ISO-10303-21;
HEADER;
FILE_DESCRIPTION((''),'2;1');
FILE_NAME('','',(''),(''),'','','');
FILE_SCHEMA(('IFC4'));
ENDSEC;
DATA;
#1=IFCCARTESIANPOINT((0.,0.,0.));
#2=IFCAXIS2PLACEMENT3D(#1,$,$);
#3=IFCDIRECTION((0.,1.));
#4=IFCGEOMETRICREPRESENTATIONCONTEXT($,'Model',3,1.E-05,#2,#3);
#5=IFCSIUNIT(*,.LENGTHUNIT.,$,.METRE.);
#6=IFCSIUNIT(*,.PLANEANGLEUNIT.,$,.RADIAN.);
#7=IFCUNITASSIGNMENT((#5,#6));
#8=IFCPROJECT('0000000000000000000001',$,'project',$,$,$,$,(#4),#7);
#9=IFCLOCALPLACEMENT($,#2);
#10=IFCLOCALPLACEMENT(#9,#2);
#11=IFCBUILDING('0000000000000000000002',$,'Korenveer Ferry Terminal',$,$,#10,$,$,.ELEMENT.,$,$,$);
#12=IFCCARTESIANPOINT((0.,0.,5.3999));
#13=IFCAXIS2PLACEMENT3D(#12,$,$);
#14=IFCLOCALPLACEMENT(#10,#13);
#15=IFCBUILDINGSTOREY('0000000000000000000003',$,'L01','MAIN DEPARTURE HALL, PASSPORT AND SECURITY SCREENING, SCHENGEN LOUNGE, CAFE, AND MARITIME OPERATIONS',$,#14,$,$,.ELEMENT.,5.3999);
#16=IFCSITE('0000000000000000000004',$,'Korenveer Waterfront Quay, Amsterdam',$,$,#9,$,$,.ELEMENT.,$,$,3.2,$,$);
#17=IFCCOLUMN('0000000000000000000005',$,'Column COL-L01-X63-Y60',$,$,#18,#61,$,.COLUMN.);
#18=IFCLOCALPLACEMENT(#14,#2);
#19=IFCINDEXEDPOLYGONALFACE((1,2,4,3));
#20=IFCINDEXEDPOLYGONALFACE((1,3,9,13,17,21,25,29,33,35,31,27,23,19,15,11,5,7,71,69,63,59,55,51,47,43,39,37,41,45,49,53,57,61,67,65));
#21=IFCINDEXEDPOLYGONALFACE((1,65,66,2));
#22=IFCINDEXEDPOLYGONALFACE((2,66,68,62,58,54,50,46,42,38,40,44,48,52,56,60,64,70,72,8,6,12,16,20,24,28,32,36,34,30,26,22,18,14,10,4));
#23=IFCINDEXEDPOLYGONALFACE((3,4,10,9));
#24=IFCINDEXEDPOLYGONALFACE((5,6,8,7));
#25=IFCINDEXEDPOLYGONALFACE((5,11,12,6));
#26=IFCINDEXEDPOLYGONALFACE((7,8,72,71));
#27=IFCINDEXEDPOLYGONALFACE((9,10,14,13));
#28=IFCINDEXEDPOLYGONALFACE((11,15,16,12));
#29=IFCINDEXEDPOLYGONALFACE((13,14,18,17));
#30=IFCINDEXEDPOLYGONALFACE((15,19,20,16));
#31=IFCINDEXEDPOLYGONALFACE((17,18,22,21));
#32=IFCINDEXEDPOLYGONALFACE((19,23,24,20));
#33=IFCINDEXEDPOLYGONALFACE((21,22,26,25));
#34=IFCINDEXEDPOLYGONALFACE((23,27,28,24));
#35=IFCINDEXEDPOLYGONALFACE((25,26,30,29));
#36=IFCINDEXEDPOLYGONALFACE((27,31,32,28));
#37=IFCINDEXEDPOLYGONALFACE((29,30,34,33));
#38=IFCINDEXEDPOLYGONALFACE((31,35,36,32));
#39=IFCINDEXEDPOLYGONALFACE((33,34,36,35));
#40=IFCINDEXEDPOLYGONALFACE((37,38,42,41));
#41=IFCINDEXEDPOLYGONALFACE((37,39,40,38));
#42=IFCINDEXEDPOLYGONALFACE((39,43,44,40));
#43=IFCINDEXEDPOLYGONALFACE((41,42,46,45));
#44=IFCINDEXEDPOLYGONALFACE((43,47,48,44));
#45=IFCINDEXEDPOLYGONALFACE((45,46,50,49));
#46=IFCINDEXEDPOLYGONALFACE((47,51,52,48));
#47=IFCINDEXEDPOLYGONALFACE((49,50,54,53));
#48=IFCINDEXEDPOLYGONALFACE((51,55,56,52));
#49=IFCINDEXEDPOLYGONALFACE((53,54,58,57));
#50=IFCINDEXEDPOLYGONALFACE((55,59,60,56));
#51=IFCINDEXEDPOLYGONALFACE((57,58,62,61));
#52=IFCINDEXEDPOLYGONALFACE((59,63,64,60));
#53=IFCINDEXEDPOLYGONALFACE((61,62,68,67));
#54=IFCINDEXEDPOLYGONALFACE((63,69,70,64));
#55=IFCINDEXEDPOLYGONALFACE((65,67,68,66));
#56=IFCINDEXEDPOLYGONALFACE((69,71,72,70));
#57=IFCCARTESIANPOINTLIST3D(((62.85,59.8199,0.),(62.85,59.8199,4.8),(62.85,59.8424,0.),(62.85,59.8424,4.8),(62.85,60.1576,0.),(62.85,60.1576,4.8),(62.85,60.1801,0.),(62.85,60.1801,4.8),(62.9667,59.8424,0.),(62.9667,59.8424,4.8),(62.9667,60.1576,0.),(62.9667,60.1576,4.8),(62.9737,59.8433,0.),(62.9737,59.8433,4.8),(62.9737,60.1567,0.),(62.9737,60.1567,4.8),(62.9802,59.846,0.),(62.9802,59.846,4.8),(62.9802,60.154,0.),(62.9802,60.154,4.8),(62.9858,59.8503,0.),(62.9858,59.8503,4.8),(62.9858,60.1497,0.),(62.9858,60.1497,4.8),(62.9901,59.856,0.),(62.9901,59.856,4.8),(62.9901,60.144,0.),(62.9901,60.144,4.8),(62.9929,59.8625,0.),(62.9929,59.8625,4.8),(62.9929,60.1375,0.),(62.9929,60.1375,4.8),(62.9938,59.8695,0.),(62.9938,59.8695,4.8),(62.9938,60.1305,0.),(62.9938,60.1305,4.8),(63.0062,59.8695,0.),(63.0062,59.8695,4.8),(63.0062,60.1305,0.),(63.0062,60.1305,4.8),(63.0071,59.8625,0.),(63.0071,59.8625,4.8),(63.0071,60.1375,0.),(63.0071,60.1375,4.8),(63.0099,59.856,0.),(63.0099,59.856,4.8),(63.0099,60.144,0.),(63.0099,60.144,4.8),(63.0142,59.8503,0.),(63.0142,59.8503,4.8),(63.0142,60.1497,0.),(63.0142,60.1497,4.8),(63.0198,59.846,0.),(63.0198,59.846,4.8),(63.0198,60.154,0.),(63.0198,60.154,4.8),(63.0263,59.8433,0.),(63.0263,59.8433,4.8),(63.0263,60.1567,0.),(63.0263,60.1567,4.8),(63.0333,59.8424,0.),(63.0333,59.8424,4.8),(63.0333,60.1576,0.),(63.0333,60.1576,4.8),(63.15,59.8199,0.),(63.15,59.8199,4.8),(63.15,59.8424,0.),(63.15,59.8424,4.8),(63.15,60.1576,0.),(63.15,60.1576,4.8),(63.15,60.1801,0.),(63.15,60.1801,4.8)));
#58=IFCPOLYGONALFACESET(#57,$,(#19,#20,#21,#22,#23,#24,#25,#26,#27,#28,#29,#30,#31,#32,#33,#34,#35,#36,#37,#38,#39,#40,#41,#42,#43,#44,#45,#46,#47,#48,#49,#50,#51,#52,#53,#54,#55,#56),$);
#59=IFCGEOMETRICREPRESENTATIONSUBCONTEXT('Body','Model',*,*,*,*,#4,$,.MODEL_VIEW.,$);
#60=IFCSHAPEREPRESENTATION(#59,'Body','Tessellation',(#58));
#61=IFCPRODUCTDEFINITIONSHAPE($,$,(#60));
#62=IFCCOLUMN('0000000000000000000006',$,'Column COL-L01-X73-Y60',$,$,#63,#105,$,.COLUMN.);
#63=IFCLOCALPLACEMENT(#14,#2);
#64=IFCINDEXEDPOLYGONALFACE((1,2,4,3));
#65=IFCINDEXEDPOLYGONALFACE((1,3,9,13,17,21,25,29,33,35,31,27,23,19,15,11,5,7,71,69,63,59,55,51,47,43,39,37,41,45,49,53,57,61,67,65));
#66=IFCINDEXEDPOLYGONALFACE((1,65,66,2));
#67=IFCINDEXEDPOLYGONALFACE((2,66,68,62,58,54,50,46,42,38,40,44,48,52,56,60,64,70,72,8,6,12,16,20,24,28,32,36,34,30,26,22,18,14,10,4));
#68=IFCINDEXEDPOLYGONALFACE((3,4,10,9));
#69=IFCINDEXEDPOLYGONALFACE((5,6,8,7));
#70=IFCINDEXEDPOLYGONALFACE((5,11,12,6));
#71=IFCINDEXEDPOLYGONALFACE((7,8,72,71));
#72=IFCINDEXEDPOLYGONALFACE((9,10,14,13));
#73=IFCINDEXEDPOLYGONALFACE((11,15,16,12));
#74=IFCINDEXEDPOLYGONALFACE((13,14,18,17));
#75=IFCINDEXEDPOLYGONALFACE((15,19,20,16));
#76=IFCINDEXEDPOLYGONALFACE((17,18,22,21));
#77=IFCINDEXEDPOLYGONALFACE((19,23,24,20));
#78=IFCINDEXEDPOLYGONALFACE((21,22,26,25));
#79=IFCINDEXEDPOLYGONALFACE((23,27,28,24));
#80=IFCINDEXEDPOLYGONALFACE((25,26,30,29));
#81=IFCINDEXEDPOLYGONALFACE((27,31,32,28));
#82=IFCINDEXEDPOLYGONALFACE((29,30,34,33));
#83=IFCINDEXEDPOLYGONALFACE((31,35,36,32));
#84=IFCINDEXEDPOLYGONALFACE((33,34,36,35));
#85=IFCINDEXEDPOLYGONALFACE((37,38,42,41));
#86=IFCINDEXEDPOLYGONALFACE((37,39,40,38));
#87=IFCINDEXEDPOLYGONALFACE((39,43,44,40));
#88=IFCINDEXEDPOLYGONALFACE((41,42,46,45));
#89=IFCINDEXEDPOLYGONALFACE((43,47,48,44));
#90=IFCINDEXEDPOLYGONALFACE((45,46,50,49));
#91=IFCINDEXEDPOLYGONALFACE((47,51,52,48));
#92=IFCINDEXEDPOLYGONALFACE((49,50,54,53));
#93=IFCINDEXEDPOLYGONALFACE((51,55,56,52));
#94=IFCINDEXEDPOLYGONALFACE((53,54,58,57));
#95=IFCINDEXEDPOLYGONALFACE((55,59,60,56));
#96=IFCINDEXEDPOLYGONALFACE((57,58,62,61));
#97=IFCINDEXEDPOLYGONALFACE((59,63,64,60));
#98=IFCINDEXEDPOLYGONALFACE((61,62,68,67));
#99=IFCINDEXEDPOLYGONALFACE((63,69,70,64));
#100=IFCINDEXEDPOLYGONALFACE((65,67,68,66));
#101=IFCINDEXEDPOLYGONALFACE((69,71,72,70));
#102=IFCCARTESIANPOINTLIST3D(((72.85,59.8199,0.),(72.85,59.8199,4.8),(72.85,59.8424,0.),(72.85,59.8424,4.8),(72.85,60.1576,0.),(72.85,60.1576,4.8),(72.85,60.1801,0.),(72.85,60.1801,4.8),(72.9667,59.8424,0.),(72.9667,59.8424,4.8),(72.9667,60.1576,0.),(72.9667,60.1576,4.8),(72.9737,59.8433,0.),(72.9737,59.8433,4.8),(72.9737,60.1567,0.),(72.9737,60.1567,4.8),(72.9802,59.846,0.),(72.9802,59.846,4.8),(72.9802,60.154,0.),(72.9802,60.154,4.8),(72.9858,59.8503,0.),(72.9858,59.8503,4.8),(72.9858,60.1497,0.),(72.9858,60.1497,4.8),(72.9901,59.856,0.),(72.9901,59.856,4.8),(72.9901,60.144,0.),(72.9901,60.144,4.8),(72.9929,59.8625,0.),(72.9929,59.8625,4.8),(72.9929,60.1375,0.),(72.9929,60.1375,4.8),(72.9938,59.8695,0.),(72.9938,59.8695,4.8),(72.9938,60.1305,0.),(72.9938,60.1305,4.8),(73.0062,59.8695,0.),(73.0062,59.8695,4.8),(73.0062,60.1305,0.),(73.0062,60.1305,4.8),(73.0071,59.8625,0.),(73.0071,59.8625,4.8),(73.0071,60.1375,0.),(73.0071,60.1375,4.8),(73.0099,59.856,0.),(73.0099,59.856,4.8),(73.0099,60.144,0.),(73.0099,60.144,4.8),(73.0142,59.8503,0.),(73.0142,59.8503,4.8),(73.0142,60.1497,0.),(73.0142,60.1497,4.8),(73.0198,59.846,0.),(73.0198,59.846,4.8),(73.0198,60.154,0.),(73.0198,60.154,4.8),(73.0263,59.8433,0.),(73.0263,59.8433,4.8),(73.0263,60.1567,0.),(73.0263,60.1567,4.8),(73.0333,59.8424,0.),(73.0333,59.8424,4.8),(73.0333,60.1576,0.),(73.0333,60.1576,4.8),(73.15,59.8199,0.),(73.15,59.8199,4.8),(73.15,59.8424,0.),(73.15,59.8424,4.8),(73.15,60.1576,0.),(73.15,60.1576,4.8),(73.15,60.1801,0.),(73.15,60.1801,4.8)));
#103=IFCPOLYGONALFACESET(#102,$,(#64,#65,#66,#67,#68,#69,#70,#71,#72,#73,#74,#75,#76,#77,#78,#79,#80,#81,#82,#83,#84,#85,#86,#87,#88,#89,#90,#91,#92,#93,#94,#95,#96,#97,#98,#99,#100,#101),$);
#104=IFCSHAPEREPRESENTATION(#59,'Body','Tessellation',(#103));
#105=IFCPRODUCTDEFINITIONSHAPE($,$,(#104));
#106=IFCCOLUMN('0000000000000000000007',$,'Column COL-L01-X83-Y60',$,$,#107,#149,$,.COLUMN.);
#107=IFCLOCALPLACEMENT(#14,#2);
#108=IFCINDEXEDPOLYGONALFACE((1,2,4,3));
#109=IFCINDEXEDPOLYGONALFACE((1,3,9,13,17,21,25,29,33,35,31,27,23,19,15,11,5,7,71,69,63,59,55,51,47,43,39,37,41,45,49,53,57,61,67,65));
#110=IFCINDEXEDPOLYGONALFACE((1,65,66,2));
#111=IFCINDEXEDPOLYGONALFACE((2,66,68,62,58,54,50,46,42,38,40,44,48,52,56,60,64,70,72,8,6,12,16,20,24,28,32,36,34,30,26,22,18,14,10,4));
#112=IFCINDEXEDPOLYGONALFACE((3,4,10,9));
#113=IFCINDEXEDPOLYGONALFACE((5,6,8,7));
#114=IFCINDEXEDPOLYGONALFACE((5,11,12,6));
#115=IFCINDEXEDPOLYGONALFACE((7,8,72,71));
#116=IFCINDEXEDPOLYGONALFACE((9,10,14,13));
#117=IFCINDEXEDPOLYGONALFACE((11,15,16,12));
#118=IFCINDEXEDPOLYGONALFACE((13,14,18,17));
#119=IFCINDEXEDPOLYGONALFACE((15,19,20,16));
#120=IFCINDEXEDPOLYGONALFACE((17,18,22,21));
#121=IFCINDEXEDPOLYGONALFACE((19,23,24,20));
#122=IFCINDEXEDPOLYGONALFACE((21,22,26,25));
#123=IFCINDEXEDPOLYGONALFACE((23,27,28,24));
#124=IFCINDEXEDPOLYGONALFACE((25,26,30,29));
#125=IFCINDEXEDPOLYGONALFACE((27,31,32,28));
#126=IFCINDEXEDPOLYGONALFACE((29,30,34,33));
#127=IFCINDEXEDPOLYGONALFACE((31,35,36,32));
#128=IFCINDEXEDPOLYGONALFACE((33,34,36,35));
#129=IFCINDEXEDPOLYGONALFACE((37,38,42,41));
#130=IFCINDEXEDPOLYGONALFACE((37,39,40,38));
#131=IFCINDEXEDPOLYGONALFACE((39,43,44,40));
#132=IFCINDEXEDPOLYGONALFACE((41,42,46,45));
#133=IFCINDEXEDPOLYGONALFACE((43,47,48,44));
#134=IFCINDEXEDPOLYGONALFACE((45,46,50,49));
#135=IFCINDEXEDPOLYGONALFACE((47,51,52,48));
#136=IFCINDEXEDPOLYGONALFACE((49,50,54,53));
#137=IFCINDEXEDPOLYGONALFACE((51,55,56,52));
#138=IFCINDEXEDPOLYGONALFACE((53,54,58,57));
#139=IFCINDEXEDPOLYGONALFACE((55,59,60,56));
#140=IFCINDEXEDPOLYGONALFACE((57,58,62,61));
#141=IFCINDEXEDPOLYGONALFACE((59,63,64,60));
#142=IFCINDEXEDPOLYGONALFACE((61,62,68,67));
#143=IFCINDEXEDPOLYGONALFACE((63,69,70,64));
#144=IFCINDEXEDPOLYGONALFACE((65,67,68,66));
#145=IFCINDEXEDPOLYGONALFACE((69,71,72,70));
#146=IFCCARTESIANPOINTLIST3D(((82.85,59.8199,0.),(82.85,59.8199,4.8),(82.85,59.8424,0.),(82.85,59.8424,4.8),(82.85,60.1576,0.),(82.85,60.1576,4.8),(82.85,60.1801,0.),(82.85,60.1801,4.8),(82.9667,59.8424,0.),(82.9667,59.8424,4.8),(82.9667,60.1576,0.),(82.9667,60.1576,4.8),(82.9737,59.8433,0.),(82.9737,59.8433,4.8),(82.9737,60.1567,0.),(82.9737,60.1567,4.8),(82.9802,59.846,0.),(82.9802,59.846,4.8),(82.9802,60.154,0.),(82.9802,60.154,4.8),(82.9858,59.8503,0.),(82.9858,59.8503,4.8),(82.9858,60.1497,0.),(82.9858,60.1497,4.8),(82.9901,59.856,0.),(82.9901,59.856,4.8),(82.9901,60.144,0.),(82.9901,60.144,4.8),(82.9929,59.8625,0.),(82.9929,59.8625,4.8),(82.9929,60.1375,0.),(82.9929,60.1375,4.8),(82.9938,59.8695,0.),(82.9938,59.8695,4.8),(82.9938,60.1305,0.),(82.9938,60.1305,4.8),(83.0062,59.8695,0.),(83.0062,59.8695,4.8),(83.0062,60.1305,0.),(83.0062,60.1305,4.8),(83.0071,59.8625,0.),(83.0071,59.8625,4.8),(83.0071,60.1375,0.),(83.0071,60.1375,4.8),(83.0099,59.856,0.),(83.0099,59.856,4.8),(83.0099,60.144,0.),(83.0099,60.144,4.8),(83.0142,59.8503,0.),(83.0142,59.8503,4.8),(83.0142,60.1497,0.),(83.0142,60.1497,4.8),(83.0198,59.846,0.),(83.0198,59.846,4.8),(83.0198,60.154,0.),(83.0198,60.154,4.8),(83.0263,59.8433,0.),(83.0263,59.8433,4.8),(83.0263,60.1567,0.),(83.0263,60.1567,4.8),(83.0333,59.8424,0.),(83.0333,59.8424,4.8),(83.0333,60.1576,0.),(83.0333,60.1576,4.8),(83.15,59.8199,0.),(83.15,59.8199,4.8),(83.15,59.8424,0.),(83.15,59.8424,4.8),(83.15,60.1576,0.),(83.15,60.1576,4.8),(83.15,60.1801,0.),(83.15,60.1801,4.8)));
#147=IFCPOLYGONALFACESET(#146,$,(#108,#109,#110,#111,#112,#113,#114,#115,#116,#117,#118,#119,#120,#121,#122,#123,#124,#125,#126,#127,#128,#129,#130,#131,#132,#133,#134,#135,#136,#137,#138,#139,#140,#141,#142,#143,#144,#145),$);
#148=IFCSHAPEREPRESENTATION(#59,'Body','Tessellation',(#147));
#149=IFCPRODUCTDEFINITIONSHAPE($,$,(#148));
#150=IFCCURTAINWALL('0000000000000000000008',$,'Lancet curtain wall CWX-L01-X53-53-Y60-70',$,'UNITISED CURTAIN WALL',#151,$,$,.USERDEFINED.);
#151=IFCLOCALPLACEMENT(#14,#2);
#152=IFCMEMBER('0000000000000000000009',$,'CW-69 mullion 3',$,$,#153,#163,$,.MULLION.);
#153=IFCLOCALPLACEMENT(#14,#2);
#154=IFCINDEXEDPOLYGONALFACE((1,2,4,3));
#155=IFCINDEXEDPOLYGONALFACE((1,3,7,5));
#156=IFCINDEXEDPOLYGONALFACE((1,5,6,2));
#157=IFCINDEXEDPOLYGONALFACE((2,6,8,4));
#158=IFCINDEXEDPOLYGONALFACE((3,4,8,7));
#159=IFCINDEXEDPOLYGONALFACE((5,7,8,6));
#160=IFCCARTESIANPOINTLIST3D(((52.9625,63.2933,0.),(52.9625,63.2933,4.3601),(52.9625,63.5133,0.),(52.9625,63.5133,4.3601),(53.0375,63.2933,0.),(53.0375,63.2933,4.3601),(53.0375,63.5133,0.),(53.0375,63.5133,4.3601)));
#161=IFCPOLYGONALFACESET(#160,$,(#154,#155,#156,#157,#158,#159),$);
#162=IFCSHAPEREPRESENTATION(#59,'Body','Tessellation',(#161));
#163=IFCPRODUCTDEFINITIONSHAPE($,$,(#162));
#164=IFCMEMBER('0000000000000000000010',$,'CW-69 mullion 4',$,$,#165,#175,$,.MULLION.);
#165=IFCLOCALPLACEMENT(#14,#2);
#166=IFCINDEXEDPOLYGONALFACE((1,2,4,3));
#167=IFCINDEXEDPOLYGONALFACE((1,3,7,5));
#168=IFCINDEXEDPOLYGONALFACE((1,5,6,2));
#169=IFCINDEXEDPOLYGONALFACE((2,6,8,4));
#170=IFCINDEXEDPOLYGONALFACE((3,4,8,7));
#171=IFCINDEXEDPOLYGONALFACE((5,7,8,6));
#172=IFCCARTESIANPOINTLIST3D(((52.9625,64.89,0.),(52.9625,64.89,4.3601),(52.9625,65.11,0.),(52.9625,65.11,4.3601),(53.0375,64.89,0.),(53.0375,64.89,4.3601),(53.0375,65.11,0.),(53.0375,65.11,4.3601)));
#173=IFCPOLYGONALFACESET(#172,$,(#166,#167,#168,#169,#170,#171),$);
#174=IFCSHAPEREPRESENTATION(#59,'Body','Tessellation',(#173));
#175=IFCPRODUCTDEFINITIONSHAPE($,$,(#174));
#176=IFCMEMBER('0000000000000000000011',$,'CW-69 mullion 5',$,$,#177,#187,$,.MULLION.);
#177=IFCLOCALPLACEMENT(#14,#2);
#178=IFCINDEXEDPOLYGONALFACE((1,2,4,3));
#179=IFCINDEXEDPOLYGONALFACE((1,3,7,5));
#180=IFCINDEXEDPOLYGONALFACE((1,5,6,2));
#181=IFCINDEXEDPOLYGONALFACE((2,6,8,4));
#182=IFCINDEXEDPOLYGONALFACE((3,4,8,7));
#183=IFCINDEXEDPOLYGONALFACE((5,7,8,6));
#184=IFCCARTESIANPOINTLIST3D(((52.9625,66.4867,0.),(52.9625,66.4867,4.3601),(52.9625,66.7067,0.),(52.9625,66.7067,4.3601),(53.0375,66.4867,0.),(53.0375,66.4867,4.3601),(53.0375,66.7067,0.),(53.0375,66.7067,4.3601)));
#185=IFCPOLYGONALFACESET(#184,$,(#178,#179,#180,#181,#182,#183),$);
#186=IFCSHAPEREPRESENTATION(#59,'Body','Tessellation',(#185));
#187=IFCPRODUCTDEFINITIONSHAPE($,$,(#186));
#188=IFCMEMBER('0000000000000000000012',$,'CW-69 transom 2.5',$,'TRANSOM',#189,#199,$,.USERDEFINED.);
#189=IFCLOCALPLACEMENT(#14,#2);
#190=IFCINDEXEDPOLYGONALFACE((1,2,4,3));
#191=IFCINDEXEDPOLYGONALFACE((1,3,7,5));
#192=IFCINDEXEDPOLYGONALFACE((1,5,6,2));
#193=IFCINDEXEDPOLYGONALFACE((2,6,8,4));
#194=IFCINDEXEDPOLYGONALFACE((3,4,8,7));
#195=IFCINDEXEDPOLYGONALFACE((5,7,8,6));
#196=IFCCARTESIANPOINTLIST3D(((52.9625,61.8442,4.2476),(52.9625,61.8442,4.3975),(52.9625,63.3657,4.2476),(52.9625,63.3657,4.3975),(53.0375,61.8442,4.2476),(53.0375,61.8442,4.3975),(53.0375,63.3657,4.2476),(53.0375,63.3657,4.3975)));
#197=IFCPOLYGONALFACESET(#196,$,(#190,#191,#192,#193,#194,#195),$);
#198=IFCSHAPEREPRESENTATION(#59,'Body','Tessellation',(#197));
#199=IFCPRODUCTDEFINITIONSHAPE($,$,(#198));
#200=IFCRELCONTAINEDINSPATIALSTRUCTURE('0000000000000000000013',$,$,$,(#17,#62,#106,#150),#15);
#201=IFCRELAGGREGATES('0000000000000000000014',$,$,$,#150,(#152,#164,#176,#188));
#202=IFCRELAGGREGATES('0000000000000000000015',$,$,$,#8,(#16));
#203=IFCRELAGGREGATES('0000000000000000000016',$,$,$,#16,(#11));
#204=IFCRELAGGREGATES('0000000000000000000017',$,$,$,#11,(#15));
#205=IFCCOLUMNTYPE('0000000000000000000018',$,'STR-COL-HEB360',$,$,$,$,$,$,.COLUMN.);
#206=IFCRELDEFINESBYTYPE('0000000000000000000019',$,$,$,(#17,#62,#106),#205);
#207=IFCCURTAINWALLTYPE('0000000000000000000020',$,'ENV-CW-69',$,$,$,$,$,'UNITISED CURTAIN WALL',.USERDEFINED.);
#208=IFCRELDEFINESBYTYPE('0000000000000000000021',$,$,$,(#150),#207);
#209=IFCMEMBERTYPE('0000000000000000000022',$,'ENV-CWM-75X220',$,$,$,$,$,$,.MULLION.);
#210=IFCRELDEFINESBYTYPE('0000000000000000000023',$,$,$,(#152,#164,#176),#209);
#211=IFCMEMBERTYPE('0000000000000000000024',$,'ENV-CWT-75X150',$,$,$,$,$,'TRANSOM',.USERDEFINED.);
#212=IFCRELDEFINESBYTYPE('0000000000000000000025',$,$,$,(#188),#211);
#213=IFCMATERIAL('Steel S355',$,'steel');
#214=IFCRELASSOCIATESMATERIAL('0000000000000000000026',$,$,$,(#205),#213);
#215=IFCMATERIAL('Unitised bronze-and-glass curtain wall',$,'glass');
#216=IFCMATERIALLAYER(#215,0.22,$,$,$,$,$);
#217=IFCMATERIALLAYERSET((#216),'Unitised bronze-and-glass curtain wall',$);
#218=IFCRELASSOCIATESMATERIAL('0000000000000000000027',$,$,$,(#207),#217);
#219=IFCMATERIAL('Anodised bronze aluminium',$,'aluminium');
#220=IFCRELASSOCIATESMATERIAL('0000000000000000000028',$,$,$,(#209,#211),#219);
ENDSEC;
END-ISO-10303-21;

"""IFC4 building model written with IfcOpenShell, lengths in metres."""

from ifc_helpers import new_model, si_unit, direction, frame, origin, origin_2d, place, context, subcontext, project, spatial, rectangle, i_section, extrude, material, layer, layer_set, material_profile, profile_set, type_object, element, aggregate, save


model = new_model("IFC4")

# Units and contexts
model_context = context("Model", 3, precision=1e-05, world=origin(), true_north=direction((0.0, 1.0)))
body_context = subcontext(model_context, "Body", "Model", "MODEL_VIEW")
ifc_project = project(units=[si_unit("LENGTHUNIT", "METRE"), si_unit("PLANEANGLEUNIT", "RADIAN")], contexts=[model_context])

# Site, building, storey
site_placement = place(None, origin())
site = spatial("IfcSite", under=ifc_project, at=site_placement, Name="Korenveer Waterfront Quay, Amsterdam", CompositionType="ELEMENT", RefElevation=3.2)
building_placement = place(site_placement, origin())
building = spatial("IfcBuilding", under=site, at=building_placement, Name="Korenveer Ferry Terminal", CompositionType="ELEMENT")
storey_placement = place(building_placement, frame((0.0, 0.0, 5.3999)))
storey = spatial("IfcBuildingStorey", under=building, at=storey_placement, Name="L01", Description="MAIN DEPARTURE HALL, PASSPORT AND SECURITY SCREENING, SCHENGEN LOUNGE, CAFE, AND MARITIME OPERATIONS", CompositionType="ELEMENT", Elevation=5.3999)

# Columns
ifc_material_1 = material(Name="Steel S355", Category="steel")
ifc_material_profile_1 = material_profile(ifc_material_1, i_section(OverallWidth=0.3, OverallDepth=0.3601, WebThickness=0.0125, FlangeThickness=0.0225, FilletRadius=0.0271, at=origin_2d()), Name="HEB 360")
ifc_profile_set_1 = profile_set([ifc_material_profile_1], Name="Steel S355")
column_type = type_object("IfcColumnType", Name="STR-COL-HEB360", PredefinedType="COLUMN", material=ifc_profile_set_1)
for number, where, z_axis, x_axis, name in (
    (1, (63.0, 60.0, 0.0), (0.0, 0.0, 1.0), (1.0, 0.0, 0.0), "Column COL-L01-X63-Y60"),
    (2, (73.0, 60.0, 0.0), (0.0, 0.0, 1.0), (1.0, 0.0, 0.0), "Column COL-L01-X73-Y60"),
    (3, (83.0, 60.0, 0.0), (0.0, 0.0, 1.0), (1.0, 0.0, 0.0), "Column COL-L01-X83-Y60"),
):
    element("IfcColumn", number, at=place(storey_placement, frame(where, z_axis=z_axis, x_axis=x_axis)), inside=storey, type_object=column_type, Name=name, PredefinedType="COLUMN", context=body_context, shape_type="SweptSolid", body=[
        extrude(i_section(OverallWidth=0.3, OverallDepth=0.3601, WebThickness=0.0125, FlangeThickness=0.0225, FilletRadius=0.0271, at=origin_2d()), origin(), (0.0, 0.0, 1.0), 4.8),
    ])

# Curtain wall, members
ifc_material_2 = material(Name="Unitised bronze-and-glass curtain wall", Category="glass")
ifc_layer_1 = layer(ifc_material_2, 0.22)
ifc_layer_set_1 = layer_set([ifc_layer_1], Name="Unitised bronze-and-glass curtain wall")
curtain_wall_type = type_object("IfcCurtainWallType", Name="ENV-CW-69", ElementType="UNITISED CURTAIN WALL", PredefinedType="USERDEFINED", material=ifc_layer_set_1)
curtain_wall_placement = place(storey_placement, frame((53.0, 60.21, 0.0)))
curtain_wall = element("IfcCurtainWall", 4, at=curtain_wall_placement, inside=storey, type_object=curtain_wall_type, Name="Lancet curtain wall CWX-L01-X53-53-Y60-70", ObjectType="UNITISED CURTAIN WALL", PredefinedType="USERDEFINED")
ifc_material_3 = material(Name="Anodised bronze aluminium", Category="aluminium")
ifc_material_profile_2 = material_profile(ifc_material_3, rectangle(XDim=0.075, YDim=0.22, at=origin_2d()), Name="ALU 75x220")
ifc_profile_set_2 = profile_set([ifc_material_profile_2], Name="Anodised bronze aluminium")
member_type_1 = type_object("IfcMemberType", Name="ENV-CWM-75X220", PredefinedType="MULLION", material=ifc_profile_set_2)
member_1_placement = place(storey_placement, frame((53.0, 63.4033, 0.0), z_axis=(0.0, 0.0, 1.0), x_axis=(-1.0, 0.0, 0.0)))
member_1 = element("IfcMember", 5, at=member_1_placement, type_object=member_type_1, Name="CW-69 mullion 3", PredefinedType="MULLION", context=body_context, shape_type="SweptSolid", body=[
    extrude(rectangle(XDim=0.075, YDim=0.22, at=origin_2d()), origin(), (0.0, 0.0, 1.0), 4.3601),
])
member_2_placement = place(storey_placement, frame((53.0, 65.0, 0.0), z_axis=(0.0, 0.0, 1.0), x_axis=(-1.0, 0.0, 0.0)))
member_2 = element("IfcMember", 6, at=member_2_placement, type_object=member_type_1, Name="CW-69 mullion 4", PredefinedType="MULLION", context=body_context, shape_type="SweptSolid", body=[
    extrude(rectangle(XDim=0.075, YDim=0.22, at=origin_2d()), origin(), (0.0, 0.0, 1.0), 4.3601),
])
member_3_placement = place(storey_placement, frame((53.0, 66.5967, 0.0), z_axis=(0.0, 0.0, 1.0), x_axis=(-1.0, 0.0, 0.0)))
member_3 = element("IfcMember", 7, at=member_3_placement, type_object=member_type_1, Name="CW-69 mullion 5", PredefinedType="MULLION", context=body_context, shape_type="SweptSolid", body=[
    extrude(rectangle(XDim=0.075, YDim=0.22, at=origin_2d()), origin(), (0.0, 0.0, 1.0), 4.3601),
])
ifc_material_profile_3 = material_profile(ifc_material_3, rectangle(XDim=0.075, YDim=0.1499, at=origin_2d()), Name="ALU 75x150")
ifc_profile_set_3 = profile_set([ifc_material_profile_3], Name="Anodised bronze aluminium")
member_type_2 = type_object("IfcMemberType", Name="ENV-CWT-75X150", ElementType="TRANSOM", PredefinedType="USERDEFINED", material=ifc_profile_set_3)
member_4_placement = place(storey_placement, frame((53.0, 61.8442, 4.3225), z_axis=(0.0, 1.0, 0.0), x_axis=(-1.0, 0.0, 0.0)))
member_4 = element("IfcMember", 8, at=member_4_placement, type_object=member_type_2, Name="CW-69 transom 2.5", ObjectType="TRANSOM", PredefinedType="USERDEFINED", context=body_context, shape_type="SweptSolid", body=[
    extrude(rectangle(XDim=0.075, YDim=0.1499, at=origin_2d()), origin(), (0.0, 0.0, 1.0), 1.5215),
])

aggregate(curtain_wall, [member_1, member_2, member_3, member_4])

save(model, "model.ifc")
